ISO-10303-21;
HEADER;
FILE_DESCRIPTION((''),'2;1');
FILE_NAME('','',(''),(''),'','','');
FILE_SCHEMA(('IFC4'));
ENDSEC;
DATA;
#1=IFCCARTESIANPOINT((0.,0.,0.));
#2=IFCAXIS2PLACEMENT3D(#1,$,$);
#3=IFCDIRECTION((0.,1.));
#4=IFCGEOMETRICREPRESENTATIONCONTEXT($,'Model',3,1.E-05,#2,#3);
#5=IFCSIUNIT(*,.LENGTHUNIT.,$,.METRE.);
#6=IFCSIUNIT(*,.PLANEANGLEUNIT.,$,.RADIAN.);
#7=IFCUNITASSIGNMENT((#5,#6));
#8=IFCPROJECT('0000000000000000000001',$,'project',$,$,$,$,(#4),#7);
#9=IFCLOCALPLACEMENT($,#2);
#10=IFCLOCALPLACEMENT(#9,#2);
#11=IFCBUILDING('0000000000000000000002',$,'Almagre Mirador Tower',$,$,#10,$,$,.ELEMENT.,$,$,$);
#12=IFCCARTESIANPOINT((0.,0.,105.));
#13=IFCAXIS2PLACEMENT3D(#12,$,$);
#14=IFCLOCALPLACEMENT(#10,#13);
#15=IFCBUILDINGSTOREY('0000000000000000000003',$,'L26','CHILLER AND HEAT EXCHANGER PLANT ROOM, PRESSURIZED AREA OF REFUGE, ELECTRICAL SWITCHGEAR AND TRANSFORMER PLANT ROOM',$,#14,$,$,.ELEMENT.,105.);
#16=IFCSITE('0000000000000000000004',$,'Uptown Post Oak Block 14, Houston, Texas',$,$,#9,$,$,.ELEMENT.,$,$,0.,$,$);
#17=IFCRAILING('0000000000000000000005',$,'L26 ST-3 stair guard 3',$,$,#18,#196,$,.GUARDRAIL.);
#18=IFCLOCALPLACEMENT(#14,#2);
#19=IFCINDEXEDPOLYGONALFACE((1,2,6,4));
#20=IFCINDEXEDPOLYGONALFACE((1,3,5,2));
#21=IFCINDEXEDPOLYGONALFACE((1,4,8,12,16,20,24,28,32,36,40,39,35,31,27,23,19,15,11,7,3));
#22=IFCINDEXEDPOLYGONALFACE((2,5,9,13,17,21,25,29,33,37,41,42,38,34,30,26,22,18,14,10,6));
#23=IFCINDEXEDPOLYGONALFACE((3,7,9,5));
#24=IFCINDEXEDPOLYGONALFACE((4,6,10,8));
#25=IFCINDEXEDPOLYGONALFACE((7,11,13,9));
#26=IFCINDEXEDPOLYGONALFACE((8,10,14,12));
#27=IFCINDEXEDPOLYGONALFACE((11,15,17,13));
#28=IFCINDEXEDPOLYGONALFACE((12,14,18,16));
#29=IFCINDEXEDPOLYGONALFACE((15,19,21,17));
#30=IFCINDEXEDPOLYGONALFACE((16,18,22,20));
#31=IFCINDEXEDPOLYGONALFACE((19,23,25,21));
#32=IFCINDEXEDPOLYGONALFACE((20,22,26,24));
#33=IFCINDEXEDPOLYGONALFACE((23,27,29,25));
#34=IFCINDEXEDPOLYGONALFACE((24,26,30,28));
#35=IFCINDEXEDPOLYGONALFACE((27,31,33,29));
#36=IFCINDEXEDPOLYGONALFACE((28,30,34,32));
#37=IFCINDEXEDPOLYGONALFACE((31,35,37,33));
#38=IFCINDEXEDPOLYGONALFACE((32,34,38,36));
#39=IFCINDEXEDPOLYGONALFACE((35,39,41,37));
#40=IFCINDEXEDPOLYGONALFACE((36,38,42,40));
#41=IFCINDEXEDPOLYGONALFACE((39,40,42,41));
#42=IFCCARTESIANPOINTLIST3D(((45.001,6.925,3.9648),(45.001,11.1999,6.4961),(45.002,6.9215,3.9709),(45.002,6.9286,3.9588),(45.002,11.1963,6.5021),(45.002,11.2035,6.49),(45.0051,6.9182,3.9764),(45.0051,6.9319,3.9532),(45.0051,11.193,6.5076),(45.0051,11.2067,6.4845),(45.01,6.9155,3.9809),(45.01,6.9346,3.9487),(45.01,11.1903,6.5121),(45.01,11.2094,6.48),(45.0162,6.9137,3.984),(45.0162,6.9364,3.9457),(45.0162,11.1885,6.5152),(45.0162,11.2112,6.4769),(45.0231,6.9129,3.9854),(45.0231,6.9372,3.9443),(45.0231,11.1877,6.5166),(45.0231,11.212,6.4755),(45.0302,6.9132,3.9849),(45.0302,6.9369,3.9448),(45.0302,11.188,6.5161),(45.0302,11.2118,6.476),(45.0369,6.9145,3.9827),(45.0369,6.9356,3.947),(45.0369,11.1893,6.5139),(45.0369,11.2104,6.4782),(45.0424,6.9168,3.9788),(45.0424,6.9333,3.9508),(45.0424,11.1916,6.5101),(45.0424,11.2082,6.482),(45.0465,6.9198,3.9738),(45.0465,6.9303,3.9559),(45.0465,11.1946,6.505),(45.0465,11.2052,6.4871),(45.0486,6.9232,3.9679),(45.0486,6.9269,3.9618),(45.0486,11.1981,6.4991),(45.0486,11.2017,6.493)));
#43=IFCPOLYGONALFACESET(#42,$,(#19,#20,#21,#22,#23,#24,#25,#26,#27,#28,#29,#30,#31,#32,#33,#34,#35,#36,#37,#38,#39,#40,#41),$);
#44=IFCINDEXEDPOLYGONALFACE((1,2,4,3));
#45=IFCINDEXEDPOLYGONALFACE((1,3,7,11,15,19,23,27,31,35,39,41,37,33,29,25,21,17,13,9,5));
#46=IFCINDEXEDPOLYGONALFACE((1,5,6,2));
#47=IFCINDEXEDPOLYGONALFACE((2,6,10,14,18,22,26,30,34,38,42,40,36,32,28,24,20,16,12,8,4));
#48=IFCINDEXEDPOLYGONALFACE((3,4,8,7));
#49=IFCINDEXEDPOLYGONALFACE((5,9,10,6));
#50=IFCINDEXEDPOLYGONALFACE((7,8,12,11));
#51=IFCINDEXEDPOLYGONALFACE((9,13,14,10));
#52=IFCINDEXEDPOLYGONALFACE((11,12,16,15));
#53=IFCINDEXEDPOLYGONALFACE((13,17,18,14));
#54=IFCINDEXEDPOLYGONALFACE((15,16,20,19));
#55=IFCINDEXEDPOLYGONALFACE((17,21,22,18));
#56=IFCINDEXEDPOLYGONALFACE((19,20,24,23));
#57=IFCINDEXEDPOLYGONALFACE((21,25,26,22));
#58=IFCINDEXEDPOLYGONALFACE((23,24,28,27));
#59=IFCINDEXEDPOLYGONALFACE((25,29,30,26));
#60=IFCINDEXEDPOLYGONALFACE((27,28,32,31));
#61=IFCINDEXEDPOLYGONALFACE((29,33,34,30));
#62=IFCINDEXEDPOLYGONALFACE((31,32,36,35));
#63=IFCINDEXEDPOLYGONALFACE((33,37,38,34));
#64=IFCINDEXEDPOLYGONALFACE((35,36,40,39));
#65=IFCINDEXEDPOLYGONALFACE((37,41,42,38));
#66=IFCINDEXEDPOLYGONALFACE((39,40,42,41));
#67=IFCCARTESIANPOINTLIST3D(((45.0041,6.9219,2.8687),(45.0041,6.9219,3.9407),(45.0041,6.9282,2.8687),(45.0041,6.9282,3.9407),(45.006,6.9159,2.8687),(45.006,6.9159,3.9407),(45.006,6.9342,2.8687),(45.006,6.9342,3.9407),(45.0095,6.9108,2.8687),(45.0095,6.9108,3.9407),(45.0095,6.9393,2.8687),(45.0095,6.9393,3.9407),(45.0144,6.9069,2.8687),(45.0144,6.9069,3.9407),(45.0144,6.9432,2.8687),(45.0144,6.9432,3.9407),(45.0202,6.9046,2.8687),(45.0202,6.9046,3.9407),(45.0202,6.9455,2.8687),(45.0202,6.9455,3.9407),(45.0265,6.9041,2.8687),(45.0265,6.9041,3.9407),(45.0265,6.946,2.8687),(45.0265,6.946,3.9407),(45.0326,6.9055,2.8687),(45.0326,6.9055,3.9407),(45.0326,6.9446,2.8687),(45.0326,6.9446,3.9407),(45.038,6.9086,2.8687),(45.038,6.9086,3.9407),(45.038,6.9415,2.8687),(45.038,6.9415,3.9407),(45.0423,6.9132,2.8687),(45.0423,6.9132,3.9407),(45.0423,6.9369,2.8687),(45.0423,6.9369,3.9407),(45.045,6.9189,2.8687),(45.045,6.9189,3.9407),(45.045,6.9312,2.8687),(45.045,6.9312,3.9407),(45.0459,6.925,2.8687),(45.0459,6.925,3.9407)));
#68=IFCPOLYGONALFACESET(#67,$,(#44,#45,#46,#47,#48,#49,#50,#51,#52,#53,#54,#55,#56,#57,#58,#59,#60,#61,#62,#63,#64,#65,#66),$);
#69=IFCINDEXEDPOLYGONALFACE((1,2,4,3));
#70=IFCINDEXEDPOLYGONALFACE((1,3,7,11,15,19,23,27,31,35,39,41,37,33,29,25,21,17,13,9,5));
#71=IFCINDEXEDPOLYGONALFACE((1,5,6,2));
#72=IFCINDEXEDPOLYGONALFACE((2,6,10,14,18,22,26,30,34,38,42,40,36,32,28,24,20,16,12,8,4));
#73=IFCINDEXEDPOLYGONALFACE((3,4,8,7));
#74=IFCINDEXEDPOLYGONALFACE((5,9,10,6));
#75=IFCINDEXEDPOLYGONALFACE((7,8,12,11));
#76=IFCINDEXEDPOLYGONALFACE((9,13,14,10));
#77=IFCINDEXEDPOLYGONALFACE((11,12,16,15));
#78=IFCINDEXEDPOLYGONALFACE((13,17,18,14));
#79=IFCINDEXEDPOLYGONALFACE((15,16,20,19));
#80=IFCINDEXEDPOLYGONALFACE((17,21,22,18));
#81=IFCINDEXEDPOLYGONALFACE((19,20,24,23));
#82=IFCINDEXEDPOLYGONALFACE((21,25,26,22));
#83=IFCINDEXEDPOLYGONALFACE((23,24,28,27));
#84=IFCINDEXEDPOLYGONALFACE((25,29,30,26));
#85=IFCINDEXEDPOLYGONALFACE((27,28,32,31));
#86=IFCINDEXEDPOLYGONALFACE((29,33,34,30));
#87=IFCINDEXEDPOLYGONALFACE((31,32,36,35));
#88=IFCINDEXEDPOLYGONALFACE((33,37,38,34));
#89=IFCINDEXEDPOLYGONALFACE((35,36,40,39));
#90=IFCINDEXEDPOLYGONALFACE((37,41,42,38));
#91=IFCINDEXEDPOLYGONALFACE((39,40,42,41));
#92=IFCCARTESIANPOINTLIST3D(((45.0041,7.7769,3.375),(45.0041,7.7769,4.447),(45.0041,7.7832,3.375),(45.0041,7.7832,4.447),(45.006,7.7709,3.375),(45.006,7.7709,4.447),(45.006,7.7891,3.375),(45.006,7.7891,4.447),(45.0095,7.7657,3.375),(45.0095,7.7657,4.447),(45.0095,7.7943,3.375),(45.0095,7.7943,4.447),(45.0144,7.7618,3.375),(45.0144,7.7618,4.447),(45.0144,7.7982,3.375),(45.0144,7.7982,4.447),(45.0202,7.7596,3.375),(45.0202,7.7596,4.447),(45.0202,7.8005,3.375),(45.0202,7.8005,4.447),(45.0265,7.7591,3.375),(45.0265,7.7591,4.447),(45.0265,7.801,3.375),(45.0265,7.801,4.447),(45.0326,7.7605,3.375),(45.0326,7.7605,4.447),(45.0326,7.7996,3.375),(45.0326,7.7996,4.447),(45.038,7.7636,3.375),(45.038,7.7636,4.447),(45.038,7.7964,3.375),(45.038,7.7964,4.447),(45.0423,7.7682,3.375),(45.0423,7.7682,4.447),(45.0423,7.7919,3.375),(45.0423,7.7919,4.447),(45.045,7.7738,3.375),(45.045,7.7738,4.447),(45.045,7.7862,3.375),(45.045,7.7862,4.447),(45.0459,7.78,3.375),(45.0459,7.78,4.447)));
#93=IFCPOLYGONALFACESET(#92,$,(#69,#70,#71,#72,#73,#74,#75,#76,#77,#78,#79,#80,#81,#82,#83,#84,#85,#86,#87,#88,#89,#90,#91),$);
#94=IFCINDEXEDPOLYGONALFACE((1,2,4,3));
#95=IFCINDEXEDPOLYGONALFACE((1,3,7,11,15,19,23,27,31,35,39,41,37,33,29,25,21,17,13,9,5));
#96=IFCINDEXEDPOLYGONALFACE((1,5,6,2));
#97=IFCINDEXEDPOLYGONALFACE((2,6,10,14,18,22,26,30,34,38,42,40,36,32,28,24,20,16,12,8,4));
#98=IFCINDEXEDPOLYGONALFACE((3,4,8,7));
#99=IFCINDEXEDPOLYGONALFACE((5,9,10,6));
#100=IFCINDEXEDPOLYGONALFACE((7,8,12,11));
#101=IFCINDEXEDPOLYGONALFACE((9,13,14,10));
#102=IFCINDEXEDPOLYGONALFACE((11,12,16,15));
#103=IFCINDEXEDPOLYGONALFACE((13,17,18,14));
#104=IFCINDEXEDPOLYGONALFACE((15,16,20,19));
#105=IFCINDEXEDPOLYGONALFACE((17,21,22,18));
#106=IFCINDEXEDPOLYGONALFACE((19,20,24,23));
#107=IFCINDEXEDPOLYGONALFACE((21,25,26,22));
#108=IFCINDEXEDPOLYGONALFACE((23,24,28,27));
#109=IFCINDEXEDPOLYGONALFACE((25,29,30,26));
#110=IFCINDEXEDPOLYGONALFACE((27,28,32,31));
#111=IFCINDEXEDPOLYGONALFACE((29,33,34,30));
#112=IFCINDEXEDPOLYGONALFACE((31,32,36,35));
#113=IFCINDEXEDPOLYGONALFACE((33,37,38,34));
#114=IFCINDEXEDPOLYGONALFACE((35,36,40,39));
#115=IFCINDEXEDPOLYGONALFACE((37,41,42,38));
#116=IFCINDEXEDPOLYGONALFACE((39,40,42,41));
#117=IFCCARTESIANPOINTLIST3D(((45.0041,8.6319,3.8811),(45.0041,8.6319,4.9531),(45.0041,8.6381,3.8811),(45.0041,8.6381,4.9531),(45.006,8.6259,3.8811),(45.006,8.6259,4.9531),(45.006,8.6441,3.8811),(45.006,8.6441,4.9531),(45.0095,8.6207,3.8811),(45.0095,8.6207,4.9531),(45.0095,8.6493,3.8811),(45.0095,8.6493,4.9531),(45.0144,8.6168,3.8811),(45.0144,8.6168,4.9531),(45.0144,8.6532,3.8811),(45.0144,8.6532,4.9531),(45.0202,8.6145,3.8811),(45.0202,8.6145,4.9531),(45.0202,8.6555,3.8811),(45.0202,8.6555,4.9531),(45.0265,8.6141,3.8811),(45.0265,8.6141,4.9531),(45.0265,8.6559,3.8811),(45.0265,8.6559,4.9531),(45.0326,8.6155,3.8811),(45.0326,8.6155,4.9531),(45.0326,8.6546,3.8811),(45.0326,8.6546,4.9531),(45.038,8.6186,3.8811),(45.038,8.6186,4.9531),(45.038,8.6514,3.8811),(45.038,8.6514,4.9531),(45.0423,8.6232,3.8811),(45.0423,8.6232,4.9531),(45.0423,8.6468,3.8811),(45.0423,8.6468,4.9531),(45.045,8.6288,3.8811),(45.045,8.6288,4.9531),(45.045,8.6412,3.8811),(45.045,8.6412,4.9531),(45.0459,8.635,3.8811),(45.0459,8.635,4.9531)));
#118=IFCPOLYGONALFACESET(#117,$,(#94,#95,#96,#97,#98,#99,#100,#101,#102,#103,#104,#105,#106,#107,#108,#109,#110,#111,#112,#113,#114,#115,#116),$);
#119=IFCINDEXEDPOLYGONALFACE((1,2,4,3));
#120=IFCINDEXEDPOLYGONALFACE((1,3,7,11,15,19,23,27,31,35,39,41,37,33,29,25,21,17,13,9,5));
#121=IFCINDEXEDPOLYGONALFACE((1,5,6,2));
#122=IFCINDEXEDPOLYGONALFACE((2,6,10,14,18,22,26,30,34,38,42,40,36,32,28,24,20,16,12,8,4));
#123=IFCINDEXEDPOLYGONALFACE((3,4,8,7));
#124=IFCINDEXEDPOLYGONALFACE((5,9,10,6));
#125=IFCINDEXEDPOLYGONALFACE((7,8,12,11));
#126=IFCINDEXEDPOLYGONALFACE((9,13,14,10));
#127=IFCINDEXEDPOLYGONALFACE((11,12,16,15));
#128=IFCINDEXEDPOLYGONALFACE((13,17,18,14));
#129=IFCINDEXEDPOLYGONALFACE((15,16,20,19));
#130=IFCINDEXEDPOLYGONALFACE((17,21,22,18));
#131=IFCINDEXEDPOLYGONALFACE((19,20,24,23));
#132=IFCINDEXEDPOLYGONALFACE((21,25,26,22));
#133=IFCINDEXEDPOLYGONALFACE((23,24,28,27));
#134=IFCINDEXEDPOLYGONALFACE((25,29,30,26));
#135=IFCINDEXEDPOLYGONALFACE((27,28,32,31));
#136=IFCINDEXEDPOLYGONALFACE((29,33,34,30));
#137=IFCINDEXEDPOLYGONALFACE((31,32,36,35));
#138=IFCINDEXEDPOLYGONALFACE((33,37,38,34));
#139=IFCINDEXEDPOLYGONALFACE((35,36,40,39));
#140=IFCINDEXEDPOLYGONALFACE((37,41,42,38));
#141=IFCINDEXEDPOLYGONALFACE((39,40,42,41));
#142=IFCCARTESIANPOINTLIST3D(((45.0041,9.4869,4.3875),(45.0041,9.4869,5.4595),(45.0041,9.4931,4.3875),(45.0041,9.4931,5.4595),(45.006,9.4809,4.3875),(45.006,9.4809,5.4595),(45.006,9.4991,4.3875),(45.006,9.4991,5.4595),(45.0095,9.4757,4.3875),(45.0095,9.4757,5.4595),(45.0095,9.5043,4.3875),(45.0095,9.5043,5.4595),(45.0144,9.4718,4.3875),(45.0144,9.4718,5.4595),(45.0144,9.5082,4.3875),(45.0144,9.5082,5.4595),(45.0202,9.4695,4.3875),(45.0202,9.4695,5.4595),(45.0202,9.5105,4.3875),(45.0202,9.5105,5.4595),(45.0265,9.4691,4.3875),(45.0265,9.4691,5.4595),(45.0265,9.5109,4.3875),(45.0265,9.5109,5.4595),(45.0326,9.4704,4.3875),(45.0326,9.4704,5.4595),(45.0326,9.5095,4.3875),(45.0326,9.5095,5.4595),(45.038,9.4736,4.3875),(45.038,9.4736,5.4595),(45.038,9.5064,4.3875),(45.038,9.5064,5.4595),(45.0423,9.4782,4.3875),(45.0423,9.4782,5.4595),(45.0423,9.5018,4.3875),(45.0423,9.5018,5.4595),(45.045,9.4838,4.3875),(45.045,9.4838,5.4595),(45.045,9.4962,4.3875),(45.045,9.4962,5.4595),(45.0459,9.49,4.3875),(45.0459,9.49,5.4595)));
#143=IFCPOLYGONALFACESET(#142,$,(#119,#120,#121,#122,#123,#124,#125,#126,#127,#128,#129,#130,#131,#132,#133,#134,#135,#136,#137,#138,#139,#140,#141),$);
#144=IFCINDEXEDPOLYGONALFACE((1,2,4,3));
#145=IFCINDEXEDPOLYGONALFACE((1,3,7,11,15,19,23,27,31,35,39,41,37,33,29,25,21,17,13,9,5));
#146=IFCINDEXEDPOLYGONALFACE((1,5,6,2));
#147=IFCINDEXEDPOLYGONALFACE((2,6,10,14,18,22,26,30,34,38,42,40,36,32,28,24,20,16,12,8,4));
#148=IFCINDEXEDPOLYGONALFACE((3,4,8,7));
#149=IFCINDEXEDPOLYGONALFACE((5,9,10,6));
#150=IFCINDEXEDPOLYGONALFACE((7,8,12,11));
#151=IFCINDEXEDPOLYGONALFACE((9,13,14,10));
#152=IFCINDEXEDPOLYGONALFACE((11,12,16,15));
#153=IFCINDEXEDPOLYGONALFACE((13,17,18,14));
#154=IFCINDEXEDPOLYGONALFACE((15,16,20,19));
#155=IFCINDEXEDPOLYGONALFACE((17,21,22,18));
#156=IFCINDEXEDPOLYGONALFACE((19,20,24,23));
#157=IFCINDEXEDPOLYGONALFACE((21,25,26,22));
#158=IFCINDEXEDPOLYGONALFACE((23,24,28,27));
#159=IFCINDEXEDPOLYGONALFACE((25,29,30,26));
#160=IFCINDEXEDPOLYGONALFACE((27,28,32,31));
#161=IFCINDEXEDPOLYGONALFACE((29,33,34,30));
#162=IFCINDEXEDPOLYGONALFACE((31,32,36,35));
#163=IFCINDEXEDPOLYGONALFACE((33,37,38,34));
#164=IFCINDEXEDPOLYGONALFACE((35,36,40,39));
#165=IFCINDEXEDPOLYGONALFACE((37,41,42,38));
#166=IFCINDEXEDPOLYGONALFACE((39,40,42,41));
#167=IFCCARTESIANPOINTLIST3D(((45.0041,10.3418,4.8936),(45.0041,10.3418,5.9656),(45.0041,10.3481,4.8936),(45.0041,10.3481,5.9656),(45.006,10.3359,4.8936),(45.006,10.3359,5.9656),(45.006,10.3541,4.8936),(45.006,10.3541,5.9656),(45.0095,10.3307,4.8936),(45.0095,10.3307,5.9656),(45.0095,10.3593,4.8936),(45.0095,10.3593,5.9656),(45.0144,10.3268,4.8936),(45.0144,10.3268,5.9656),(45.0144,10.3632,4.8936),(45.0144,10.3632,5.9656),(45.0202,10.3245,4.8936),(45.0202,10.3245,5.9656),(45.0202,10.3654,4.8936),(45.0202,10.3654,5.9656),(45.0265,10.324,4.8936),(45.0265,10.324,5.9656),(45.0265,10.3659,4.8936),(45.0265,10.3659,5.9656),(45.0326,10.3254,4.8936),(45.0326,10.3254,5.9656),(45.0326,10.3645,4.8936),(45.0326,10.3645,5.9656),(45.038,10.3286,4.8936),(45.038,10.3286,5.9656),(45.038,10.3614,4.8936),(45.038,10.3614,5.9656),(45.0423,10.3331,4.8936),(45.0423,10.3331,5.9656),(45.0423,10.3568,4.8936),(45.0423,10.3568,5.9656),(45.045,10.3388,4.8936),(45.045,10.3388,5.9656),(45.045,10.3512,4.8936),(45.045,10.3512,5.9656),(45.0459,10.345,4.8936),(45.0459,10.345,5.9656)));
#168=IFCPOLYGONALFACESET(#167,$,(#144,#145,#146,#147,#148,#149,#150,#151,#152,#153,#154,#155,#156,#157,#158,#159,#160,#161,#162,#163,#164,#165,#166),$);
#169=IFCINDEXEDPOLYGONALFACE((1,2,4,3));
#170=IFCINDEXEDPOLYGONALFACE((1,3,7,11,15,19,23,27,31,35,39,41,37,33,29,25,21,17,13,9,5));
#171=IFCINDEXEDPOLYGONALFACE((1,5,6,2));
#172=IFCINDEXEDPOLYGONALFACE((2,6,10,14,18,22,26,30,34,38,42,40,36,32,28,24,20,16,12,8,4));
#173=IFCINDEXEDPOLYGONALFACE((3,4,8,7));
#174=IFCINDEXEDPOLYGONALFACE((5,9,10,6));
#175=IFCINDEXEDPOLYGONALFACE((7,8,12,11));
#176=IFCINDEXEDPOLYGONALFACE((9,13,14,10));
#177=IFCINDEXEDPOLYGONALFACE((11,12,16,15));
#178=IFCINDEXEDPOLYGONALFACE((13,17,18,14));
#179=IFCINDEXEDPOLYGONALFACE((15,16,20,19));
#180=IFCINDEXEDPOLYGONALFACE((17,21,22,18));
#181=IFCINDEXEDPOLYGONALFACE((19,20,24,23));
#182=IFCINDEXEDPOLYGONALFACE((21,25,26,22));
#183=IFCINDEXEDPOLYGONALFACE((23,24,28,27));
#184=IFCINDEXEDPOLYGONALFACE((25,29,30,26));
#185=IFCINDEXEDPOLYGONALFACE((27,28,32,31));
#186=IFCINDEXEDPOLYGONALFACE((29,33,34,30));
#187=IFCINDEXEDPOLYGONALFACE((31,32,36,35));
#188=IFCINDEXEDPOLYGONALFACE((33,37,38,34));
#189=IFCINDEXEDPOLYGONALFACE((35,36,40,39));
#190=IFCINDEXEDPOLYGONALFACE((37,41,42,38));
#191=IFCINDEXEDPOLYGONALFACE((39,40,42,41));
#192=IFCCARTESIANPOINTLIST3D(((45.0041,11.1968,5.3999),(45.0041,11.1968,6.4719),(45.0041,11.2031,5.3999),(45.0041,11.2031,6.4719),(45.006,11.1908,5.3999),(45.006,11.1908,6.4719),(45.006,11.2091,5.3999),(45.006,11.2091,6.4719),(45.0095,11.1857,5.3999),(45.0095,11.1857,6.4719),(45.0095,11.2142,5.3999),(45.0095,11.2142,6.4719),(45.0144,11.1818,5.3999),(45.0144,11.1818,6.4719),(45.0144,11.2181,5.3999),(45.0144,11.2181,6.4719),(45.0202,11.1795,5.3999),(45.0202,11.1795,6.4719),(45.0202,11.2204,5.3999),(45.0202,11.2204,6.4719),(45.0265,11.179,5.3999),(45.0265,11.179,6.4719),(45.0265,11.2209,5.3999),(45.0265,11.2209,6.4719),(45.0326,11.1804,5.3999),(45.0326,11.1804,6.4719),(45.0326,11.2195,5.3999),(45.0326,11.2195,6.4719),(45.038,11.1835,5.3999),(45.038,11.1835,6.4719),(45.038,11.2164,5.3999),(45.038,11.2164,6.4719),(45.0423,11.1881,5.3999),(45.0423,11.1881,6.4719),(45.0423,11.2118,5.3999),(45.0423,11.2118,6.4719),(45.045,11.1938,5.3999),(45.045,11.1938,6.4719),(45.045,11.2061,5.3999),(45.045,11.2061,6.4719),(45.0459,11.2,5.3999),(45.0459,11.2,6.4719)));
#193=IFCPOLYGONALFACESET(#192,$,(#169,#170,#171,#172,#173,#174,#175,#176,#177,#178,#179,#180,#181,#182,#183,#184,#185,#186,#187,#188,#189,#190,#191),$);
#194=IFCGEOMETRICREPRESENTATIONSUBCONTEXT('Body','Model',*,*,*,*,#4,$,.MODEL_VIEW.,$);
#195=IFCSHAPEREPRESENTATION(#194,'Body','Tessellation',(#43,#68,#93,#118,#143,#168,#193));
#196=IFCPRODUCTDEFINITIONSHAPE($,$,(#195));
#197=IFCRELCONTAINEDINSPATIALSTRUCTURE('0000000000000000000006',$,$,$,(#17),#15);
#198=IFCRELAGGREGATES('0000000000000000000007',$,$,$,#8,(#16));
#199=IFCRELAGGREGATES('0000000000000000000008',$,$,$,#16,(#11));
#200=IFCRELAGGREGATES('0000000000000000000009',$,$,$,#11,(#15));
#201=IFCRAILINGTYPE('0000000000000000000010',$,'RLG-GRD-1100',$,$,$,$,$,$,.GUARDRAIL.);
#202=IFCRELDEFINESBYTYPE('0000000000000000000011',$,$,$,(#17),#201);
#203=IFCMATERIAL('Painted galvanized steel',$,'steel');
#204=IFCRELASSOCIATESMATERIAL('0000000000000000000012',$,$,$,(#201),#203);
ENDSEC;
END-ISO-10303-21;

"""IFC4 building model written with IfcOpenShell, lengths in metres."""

from ifc_helpers import new_model, si_unit, direction, frame, origin, origin_2d, place, context, subcontext, project, spatial, circle, extrude, material, type_object, element, save


model = new_model("IFC4")

# Units and contexts
model_context = context("Model", 3, precision=1e-05, world=origin(), true_north=direction((0.0, 1.0)))
body_context = subcontext(model_context, "Body", "Model", "MODEL_VIEW")
ifc_project = project(units=[si_unit("LENGTHUNIT", "METRE"), si_unit("PLANEANGLEUNIT", "RADIAN")], contexts=[model_context])

# Site, building, storey
site_placement = place(None, origin())
site = spatial("IfcSite", under=ifc_project, at=site_placement, Name="Uptown Post Oak Block 14, Houston, Texas", CompositionType="ELEMENT", RefElevation=0.0)
building_placement = place(site_placement, origin())
building = spatial("IfcBuilding", under=site, at=building_placement, Name="Almagre Mirador Tower", CompositionType="ELEMENT")
storey_placement = place(building_placement, frame((0.0, 0.0, 105.0)))
storey = spatial("IfcBuildingStorey", under=building, at=storey_placement, Name="L26", Description="CHILLER AND HEAT EXCHANGER PLANT ROOM, PRESSURIZED AREA OF REFUGE, ELECTRICAL SWITCHGEAR AND TRANSFORMER PLANT ROOM", CompositionType="ELEMENT", Elevation=105.0)

# Railing
ifc_material_1 = material(Name="Painted galvanized steel", Category="steel")
railing_type_1 = type_object("IfcRailingType", Name="RLG-GRD-1100", PredefinedType="GUARDRAIL", material=ifc_material_1)
railing_1_placement = place(storey_placement, frame((45.0249, 6.925, 2.8687)))
element("IfcRailing", 1, at=railing_1_placement, inside=storey, type_object=railing_type_1, Name="L26 ST-3 stair guard 3", PredefinedType="GUARDRAIL", context=body_context, shape_type="SweptSolid", body=[
    extrude(circle(Radius=0.0239, at=origin_2d()), frame((0.0, 0.0, 1.0962), z_axis=(0.0, 0.86047, 0.509501), x_axis=(-1.0, 0.0, 0.0)), (0.0, 0.0, 1.0), 4.968),
    extrude(circle(Radius=0.021, at=origin_2d()), origin(), (0.0, 0.0, 1.0), 1.072),
    extrude(circle(Radius=0.021, at=origin_2d()), frame((0.0, 0.855, 0.5063)), (0.0, 0.0, 1.0), 1.072),
    extrude(circle(Radius=0.021, at=origin_2d()), frame((0.0, 1.71, 1.0125)), (0.0, 0.0, 1.0), 1.072),
    extrude(circle(Radius=0.021, at=origin_2d()), frame((0.0, 2.5649, 1.5188)), (0.0, 0.0, 1.0), 1.072),
    extrude(circle(Radius=0.021, at=origin_2d()), frame((0.0, 3.4199, 2.0249)), (0.0, 0.0, 1.0), 1.072),
    extrude(circle(Radius=0.021, at=origin_2d()), frame((0.0, 4.2749, 2.5312)), (0.0, 0.0, 1.0), 1.072),
])

save(model, "model.ifc")
